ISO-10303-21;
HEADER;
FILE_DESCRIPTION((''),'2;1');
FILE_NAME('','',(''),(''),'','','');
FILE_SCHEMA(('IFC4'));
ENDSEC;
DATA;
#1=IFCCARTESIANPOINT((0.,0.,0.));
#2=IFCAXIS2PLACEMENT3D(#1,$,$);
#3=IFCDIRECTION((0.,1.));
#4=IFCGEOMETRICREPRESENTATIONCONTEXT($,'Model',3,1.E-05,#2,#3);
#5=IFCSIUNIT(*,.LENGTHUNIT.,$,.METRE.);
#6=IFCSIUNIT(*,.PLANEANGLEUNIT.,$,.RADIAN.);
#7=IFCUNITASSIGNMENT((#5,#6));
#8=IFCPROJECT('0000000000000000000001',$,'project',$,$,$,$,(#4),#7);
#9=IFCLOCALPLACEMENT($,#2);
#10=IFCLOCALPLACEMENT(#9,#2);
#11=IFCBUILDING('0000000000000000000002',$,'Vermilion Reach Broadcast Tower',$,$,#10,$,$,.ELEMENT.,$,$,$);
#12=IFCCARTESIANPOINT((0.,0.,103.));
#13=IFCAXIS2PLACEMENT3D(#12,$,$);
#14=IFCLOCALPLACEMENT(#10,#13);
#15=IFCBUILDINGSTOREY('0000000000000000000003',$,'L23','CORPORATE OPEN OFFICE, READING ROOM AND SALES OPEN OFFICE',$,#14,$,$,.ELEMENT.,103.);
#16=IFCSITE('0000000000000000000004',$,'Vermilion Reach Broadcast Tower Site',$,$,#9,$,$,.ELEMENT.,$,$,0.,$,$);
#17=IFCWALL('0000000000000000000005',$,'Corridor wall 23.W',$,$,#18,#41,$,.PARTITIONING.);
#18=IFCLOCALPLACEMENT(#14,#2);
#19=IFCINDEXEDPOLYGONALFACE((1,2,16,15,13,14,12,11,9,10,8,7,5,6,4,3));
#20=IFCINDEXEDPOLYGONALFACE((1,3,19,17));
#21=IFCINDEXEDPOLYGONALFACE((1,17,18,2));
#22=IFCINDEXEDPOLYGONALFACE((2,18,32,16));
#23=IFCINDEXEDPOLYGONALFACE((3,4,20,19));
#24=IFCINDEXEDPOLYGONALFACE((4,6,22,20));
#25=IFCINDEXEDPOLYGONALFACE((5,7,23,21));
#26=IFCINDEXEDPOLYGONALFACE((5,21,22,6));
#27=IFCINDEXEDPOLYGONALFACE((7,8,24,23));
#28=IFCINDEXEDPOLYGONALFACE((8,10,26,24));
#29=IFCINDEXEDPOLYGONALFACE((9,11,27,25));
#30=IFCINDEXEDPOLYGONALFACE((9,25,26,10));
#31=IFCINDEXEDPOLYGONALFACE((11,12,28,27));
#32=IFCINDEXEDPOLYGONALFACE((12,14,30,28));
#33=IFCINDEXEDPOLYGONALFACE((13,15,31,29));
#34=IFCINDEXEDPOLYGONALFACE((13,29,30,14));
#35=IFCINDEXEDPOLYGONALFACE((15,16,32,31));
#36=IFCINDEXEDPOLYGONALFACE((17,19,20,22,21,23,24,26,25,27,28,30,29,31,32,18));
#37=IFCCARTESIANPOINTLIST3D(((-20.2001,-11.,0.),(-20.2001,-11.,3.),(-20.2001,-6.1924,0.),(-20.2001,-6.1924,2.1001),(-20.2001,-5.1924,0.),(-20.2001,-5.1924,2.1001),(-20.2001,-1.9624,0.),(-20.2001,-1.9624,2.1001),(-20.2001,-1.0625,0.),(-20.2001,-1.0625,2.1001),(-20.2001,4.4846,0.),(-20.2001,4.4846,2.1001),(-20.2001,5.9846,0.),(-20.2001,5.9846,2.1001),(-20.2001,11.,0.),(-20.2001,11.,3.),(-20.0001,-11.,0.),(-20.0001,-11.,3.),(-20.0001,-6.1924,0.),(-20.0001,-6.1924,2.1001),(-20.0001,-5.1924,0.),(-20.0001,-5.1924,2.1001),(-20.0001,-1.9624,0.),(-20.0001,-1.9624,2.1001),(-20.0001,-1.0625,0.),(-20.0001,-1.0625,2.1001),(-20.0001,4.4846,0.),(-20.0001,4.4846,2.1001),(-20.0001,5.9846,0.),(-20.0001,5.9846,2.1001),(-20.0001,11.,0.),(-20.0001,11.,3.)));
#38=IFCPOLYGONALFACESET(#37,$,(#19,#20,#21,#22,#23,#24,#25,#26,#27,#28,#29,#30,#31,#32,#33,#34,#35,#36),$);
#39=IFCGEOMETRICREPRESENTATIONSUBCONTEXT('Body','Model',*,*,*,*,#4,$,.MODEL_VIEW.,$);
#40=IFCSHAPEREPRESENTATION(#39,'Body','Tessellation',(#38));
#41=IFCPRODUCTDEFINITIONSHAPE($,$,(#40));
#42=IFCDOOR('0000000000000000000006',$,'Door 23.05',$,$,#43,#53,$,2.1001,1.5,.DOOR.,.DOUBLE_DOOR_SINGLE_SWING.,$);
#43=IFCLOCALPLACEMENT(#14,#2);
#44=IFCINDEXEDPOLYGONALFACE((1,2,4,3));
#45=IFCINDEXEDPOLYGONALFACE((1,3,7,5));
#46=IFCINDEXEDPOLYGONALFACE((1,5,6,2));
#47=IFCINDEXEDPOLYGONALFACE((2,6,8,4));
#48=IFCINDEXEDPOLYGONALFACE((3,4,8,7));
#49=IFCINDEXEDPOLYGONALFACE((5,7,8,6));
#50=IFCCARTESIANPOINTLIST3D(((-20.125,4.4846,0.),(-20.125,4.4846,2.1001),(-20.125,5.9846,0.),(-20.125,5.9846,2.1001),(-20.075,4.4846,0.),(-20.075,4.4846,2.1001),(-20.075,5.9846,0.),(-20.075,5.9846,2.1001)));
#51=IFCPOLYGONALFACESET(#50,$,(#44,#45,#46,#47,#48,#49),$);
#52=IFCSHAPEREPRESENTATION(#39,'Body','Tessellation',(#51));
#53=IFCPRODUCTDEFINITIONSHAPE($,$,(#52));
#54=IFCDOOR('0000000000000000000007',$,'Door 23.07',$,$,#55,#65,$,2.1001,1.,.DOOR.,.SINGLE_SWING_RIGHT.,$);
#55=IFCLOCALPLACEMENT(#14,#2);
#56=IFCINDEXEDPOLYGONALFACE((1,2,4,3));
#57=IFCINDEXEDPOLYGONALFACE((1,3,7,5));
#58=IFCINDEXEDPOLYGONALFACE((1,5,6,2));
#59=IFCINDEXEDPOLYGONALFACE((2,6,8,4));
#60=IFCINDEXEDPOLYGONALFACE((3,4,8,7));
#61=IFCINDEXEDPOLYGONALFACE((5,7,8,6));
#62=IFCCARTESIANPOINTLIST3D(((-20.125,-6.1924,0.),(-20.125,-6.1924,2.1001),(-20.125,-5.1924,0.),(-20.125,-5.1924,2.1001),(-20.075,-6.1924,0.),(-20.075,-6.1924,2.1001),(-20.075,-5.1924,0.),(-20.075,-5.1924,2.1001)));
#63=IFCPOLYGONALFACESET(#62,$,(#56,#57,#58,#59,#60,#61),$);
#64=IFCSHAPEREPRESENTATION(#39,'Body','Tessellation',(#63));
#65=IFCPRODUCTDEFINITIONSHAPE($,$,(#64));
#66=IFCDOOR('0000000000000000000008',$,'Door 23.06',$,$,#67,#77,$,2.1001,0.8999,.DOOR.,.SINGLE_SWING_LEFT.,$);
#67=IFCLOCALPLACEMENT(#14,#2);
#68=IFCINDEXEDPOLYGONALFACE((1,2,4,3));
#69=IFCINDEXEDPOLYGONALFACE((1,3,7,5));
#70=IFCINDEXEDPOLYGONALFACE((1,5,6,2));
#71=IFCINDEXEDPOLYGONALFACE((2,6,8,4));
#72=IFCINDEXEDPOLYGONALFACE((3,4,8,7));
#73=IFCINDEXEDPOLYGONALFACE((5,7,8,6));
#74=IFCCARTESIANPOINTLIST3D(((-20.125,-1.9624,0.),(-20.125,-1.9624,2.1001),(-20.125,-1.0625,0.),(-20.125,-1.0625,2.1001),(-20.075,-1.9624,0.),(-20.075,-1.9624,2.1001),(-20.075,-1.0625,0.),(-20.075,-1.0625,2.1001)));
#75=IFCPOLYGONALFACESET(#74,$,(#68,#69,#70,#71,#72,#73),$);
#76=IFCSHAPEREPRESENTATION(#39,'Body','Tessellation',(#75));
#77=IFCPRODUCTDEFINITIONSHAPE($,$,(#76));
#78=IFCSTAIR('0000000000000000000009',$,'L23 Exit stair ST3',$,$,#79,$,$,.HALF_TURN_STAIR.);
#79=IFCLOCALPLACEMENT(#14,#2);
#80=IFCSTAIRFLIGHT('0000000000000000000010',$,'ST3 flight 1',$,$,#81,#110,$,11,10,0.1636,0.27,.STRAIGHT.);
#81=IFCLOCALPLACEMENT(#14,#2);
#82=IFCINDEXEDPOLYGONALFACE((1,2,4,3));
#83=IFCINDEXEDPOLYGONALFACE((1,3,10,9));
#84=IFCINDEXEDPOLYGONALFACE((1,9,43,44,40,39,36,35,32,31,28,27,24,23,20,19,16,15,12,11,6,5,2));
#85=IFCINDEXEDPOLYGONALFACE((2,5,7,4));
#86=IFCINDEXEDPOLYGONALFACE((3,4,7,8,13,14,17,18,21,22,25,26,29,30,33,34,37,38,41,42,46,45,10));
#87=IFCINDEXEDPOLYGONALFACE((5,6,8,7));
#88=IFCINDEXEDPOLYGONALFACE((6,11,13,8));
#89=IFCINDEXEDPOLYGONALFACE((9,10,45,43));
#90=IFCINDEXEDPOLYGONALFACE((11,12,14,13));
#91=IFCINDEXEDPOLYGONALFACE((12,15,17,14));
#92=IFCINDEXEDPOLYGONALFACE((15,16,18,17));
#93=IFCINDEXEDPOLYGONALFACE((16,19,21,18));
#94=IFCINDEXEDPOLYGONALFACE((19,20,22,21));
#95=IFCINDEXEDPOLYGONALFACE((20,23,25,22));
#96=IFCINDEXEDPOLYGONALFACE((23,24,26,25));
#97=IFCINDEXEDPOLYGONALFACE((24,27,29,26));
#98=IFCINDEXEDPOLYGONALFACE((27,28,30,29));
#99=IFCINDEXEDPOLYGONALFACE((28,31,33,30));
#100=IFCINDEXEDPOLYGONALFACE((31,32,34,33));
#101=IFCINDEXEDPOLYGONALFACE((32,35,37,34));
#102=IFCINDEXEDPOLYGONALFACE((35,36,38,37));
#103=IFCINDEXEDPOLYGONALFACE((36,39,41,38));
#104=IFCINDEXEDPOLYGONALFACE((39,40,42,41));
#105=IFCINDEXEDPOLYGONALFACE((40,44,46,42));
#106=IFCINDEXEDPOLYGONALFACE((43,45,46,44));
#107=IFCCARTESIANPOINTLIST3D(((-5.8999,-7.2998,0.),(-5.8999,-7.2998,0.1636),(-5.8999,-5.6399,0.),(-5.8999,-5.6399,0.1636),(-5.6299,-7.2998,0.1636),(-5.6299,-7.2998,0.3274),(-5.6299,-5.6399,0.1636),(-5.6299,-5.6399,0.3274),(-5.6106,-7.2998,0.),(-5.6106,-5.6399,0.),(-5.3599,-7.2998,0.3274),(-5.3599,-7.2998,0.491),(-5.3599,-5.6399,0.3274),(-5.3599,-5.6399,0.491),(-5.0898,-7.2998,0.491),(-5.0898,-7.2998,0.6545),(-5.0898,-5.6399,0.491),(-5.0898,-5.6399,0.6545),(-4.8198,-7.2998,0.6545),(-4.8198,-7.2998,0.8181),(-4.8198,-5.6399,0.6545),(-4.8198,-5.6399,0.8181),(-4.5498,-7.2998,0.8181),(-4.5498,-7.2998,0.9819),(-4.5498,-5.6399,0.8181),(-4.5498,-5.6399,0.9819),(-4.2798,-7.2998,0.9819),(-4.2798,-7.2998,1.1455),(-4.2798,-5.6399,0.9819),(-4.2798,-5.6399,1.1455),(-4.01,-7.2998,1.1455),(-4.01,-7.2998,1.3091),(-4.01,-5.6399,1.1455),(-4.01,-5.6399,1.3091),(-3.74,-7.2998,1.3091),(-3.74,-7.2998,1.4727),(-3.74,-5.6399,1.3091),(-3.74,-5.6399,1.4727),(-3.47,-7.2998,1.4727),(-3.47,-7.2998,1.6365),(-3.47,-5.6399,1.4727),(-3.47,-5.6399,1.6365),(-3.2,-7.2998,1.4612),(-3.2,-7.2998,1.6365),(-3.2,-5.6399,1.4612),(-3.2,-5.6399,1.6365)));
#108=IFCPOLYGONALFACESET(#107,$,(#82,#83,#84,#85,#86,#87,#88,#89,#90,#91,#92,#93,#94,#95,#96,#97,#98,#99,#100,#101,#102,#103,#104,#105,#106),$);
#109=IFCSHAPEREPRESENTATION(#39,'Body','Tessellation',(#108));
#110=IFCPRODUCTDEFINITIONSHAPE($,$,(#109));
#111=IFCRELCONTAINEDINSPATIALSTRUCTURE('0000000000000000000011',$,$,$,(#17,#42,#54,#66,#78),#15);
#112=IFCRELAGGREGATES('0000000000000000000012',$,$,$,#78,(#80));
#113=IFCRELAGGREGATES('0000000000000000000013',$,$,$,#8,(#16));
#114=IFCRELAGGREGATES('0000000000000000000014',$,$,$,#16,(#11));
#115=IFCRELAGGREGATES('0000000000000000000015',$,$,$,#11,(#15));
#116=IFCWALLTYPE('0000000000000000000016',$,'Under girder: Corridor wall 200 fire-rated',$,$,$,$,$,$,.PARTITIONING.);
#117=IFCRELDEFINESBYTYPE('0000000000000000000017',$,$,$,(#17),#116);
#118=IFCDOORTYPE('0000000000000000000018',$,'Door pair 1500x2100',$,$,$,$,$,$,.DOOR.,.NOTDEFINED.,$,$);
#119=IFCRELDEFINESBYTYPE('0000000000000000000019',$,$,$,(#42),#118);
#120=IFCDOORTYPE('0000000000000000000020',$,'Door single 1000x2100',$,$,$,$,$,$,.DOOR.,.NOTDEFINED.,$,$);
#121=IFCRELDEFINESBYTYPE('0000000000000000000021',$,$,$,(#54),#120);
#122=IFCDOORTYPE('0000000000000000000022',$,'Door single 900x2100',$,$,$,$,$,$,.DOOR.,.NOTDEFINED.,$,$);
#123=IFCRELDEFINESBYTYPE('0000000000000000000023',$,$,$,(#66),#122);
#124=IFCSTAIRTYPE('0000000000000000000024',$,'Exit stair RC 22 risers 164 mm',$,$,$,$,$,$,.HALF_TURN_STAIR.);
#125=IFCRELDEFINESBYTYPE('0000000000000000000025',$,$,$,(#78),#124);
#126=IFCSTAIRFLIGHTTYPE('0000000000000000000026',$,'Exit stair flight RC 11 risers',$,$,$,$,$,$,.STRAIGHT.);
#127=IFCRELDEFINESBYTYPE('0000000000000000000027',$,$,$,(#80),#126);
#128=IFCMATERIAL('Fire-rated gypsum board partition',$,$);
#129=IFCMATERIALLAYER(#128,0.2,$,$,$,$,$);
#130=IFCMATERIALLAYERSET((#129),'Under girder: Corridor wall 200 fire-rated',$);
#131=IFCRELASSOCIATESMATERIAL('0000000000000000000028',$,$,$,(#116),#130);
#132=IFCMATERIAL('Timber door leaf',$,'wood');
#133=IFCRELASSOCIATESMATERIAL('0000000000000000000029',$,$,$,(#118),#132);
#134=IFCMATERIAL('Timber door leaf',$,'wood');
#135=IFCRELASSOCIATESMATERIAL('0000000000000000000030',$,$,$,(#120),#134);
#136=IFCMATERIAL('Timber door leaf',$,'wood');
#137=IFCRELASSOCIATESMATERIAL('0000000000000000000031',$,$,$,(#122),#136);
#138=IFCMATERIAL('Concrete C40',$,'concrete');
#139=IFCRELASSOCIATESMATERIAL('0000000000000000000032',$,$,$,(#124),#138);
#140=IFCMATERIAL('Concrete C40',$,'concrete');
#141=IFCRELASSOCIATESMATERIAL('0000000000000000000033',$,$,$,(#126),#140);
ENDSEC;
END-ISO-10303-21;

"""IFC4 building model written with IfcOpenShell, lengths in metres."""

from ifc_helpers import new_model, si_unit, direction, frame, frame_2d, origin, place, context, subcontext, project, spatial, polyline, rectangle, outline, extrude, material, layer, layer_set, type_object, element, fill, aggregate, save


model = new_model("IFC4")

# Units and contexts
model_context = context("Model", 3, precision=1e-05, world=origin(), true_north=direction((0.0, 1.0)))
body_context = subcontext(model_context, "Body", "Model", "MODEL_VIEW")
ifc_project = project(units=[si_unit("LENGTHUNIT", "METRE"), si_unit("PLANEANGLEUNIT", "RADIAN")], contexts=[model_context])

# Site, building, storey
site_placement = place(None, origin())
site = spatial("IfcSite", under=ifc_project, at=site_placement, Name="Vermilion Reach Broadcast Tower Site", CompositionType="ELEMENT", RefElevation=0.0)
building_placement = place(site_placement, origin())
building = spatial("IfcBuilding", under=site, at=building_placement, Name="Vermilion Reach Broadcast Tower", CompositionType="ELEMENT")
storey_placement = place(building_placement, frame((0.0, 0.0, 103.0)))
storey = spatial("IfcBuildingStorey", under=building, at=storey_placement, Name="L23", Description="CORPORATE OPEN OFFICE, READING ROOM AND SALES OPEN OFFICE", CompositionType="ELEMENT", Elevation=103.0)

# Wall, openings, doors
ifc_material_1 = material(Name="Fire-rated gypsum board partition")
ifc_layer_1 = layer(ifc_material_1, 0.2)
ifc_layer_set_1 = layer_set([ifc_layer_1], Name="Under girder: Corridor wall 200 fire-rated")
wall_type_1 = type_object("IfcWallType", Name="Under girder: Corridor wall 200 fire-rated", PredefinedType="PARTITIONING", material=ifc_layer_set_1)
wall_1_placement = place(storey_placement, frame((-20.1001, -11.0, 0.0), z_axis=(0.0, 0.0, 1.0), x_axis=(0.0, 1.0, 0.0)))
wall_1 = element("IfcWall", 1, at=wall_1_placement, inside=storey, type_object=wall_type_1, Name="Corridor wall 23.W", PredefinedType="PARTITIONING", context=body_context, shape_type="SweptSolid", body=[
    extrude(rectangle(XDim=22.0, YDim=0.2, at=frame_2d((11.0, 0.0))), origin(), (0.0, 0.0, 1.0), 3.0),
])
opening_1_placement = place(wall_1_placement, frame((15.4846, 0.0, 0.0)))
opening_1 = element("IfcOpeningElement", 2, at=opening_1_placement, cuts=wall_1, PredefinedType="OPENING", context=body_context, shape_type="SweptSolid", body=[
    extrude(rectangle(XDim=1.5, YDim=2.1001, at=frame_2d((0.75, 1.05))), frame((0.0, 0.1099, 0.0), z_axis=(0.0, -1.0, 0.0), x_axis=(1.0, 0.0, 0.0)), (0.0, 0.0, 1.0), 0.22),
])
opening_2_placement = place(wall_1_placement, frame((9.0376, 0.0, 0.0)))
opening_2 = element("IfcOpeningElement", 3, at=opening_2_placement, cuts=wall_1, PredefinedType="OPENING", context=body_context, shape_type="SweptSolid", body=[
    extrude(rectangle(XDim=0.8999, YDim=2.1001, at=frame_2d((0.45, 1.05))), frame((0.0, 0.1099, 0.0), z_axis=(0.0, -1.0, 0.0), x_axis=(1.0, 0.0, 0.0)), (0.0, 0.0, 1.0), 0.22),
])
opening_3_placement = place(wall_1_placement, frame((4.8076, 0.0, 0.0)))
opening_3 = element("IfcOpeningElement", 4, at=opening_3_placement, cuts=wall_1, PredefinedType="OPENING", context=body_context, shape_type="SweptSolid", body=[
    extrude(rectangle(XDim=1.0, YDim=2.1001, at=frame_2d((0.5, 1.05))), frame((0.0, 0.1099, 0.0), z_axis=(0.0, -1.0, 0.0), x_axis=(1.0, 0.0, 0.0)), (0.0, 0.0, 1.0), 0.22),
])
ifc_material_2 = material(Name="Timber door leaf", Category="wood")
door_type_1 = type_object("IfcDoorType", Name="Door pair 1500x2100", OperationType="NOTDEFINED", PredefinedType="DOOR", material=ifc_material_2)
door_1_placement = place(opening_1_placement, origin())
door_1 = element("IfcDoor", 5, at=door_1_placement, inside=storey, type_object=door_type_1, Name="Door 23.05", OperationType="DOUBLE_DOOR_SINGLE_SWING", OverallHeight=2.1001, OverallWidth=1.5, PredefinedType="DOOR", context=body_context, shape_type="SweptSolid", body=[
    extrude(rectangle(XDim=1.5, YDim=2.1001, at=frame_2d((0.75, 1.05))), frame((0.0, 0.0249, 0.0), z_axis=(0.0, -1.0, 0.0), x_axis=(1.0, 0.0, 0.0)), (0.0, 0.0, 1.0), 0.05),
])
fill(opening_1, door_1)
ifc_material_3 = material(Name="Timber door leaf", Category="wood")
door_type_2 = type_object("IfcDoorType", Name="Door single 1000x2100", OperationType="NOTDEFINED", PredefinedType="DOOR", material=ifc_material_3)
door_2_placement = place(opening_3_placement, origin())
door_2 = element("IfcDoor", 6, at=door_2_placement, inside=storey, type_object=door_type_2, Name="Door 23.07", OperationType="SINGLE_SWING_RIGHT", OverallHeight=2.1001, OverallWidth=1.0, PredefinedType="DOOR", context=body_context, shape_type="SweptSolid", body=[
    extrude(rectangle(XDim=1.0, YDim=2.1001, at=frame_2d((0.5, 1.05))), frame((0.0, 0.0249, 0.0), z_axis=(0.0, -1.0, 0.0), x_axis=(1.0, 0.0, 0.0)), (0.0, 0.0, 1.0), 0.05),
])
fill(opening_3, door_2)
ifc_material_4 = material(Name="Timber door leaf", Category="wood")
door_type_3 = type_object("IfcDoorType", Name="Door single 900x2100", OperationType="NOTDEFINED", PredefinedType="DOOR", material=ifc_material_4)
door_3_placement = place(opening_2_placement, origin())
door_3 = element("IfcDoor", 7, at=door_3_placement, inside=storey, type_object=door_type_3, Name="Door 23.06", OperationType="SINGLE_SWING_LEFT", OverallHeight=2.1001, OverallWidth=0.8999, PredefinedType="DOOR", context=body_context, shape_type="SweptSolid", body=[
    extrude(rectangle(XDim=0.8999, YDim=2.1001, at=frame_2d((0.45, 1.05))), frame((0.0, 0.0249, 0.0), z_axis=(0.0, -1.0, 0.0), x_axis=(1.0, 0.0, 0.0)), (0.0, 0.0, 1.0), 0.05),
])
fill(opening_2, door_3)

# Stair, stair flight
ifc_material_5 = material(Name="Concrete C40", Category="concrete")
stair_type = type_object("IfcStairType", Name="Exit stair RC 22 risers 164 mm", PredefinedType="HALF_TURN_STAIR", material=ifc_material_5)
stair_placement = place(storey_placement, origin())
stair = element("IfcStair", 8, at=stair_placement, inside=storey, type_object=stair_type, Name="L23 Exit stair ST3", PredefinedType="HALF_TURN_STAIR")
ifc_material_6 = material(Name="Concrete C40", Category="concrete")
stair_flight_type = type_object("IfcStairFlightType", Name="Exit stair flight RC 11 risers", PredefinedType="STRAIGHT", material=ifc_material_6)
stair_flight_placement = place(storey_placement, frame((-5.8999, -6.47, 0.0), z_axis=(0.0, 0.0, 1.0), x_axis=(1.0, 0.0, 0.0)))
stair_flight = element("IfcStairFlight", 9, at=stair_flight_placement, type_object=stair_flight_type, Name="ST3 flight 1", NumberOfRisers=11, NumberOfTreads=10, PredefinedType="STRAIGHT", RiserHeight=0.1636, TreadLength=0.27, context=body_context, shape_type="SweptSolid", body=[
    extrude(outline(polyline([(0.0, 0.0), (0.0, 0.1636), (0.27, 0.1636), (0.27, 0.3274), (0.54, 0.3274), (0.54, 0.491), (0.8101, 0.491), (0.8101, 0.6545), (1.0801, 0.6545), (1.0801, 0.8181), (1.3501, 0.8181), (1.3501, 0.9819), (1.6201, 0.9819), (1.6201, 1.1455), (1.8899, 1.1455), (1.8899, 1.3091), (2.1599, 1.3091), (2.1599, 1.4727), (2.4299, 1.4727), (2.4299, 1.6365), (2.7, 1.6365), (2.7, 1.8), (2.7, 1.4612), (0.2893, 0.0), (0.0, 0.0)])), frame((0.0, 0.8301, 0.0), z_axis=(0.0, -1.0, 0.0), x_axis=(1.0, 0.0, 0.0)), (0.0, 0.0, 1.0), 1.6599),
])
aggregate(stair, [stair_flight])

save(model, "model.ifc")
